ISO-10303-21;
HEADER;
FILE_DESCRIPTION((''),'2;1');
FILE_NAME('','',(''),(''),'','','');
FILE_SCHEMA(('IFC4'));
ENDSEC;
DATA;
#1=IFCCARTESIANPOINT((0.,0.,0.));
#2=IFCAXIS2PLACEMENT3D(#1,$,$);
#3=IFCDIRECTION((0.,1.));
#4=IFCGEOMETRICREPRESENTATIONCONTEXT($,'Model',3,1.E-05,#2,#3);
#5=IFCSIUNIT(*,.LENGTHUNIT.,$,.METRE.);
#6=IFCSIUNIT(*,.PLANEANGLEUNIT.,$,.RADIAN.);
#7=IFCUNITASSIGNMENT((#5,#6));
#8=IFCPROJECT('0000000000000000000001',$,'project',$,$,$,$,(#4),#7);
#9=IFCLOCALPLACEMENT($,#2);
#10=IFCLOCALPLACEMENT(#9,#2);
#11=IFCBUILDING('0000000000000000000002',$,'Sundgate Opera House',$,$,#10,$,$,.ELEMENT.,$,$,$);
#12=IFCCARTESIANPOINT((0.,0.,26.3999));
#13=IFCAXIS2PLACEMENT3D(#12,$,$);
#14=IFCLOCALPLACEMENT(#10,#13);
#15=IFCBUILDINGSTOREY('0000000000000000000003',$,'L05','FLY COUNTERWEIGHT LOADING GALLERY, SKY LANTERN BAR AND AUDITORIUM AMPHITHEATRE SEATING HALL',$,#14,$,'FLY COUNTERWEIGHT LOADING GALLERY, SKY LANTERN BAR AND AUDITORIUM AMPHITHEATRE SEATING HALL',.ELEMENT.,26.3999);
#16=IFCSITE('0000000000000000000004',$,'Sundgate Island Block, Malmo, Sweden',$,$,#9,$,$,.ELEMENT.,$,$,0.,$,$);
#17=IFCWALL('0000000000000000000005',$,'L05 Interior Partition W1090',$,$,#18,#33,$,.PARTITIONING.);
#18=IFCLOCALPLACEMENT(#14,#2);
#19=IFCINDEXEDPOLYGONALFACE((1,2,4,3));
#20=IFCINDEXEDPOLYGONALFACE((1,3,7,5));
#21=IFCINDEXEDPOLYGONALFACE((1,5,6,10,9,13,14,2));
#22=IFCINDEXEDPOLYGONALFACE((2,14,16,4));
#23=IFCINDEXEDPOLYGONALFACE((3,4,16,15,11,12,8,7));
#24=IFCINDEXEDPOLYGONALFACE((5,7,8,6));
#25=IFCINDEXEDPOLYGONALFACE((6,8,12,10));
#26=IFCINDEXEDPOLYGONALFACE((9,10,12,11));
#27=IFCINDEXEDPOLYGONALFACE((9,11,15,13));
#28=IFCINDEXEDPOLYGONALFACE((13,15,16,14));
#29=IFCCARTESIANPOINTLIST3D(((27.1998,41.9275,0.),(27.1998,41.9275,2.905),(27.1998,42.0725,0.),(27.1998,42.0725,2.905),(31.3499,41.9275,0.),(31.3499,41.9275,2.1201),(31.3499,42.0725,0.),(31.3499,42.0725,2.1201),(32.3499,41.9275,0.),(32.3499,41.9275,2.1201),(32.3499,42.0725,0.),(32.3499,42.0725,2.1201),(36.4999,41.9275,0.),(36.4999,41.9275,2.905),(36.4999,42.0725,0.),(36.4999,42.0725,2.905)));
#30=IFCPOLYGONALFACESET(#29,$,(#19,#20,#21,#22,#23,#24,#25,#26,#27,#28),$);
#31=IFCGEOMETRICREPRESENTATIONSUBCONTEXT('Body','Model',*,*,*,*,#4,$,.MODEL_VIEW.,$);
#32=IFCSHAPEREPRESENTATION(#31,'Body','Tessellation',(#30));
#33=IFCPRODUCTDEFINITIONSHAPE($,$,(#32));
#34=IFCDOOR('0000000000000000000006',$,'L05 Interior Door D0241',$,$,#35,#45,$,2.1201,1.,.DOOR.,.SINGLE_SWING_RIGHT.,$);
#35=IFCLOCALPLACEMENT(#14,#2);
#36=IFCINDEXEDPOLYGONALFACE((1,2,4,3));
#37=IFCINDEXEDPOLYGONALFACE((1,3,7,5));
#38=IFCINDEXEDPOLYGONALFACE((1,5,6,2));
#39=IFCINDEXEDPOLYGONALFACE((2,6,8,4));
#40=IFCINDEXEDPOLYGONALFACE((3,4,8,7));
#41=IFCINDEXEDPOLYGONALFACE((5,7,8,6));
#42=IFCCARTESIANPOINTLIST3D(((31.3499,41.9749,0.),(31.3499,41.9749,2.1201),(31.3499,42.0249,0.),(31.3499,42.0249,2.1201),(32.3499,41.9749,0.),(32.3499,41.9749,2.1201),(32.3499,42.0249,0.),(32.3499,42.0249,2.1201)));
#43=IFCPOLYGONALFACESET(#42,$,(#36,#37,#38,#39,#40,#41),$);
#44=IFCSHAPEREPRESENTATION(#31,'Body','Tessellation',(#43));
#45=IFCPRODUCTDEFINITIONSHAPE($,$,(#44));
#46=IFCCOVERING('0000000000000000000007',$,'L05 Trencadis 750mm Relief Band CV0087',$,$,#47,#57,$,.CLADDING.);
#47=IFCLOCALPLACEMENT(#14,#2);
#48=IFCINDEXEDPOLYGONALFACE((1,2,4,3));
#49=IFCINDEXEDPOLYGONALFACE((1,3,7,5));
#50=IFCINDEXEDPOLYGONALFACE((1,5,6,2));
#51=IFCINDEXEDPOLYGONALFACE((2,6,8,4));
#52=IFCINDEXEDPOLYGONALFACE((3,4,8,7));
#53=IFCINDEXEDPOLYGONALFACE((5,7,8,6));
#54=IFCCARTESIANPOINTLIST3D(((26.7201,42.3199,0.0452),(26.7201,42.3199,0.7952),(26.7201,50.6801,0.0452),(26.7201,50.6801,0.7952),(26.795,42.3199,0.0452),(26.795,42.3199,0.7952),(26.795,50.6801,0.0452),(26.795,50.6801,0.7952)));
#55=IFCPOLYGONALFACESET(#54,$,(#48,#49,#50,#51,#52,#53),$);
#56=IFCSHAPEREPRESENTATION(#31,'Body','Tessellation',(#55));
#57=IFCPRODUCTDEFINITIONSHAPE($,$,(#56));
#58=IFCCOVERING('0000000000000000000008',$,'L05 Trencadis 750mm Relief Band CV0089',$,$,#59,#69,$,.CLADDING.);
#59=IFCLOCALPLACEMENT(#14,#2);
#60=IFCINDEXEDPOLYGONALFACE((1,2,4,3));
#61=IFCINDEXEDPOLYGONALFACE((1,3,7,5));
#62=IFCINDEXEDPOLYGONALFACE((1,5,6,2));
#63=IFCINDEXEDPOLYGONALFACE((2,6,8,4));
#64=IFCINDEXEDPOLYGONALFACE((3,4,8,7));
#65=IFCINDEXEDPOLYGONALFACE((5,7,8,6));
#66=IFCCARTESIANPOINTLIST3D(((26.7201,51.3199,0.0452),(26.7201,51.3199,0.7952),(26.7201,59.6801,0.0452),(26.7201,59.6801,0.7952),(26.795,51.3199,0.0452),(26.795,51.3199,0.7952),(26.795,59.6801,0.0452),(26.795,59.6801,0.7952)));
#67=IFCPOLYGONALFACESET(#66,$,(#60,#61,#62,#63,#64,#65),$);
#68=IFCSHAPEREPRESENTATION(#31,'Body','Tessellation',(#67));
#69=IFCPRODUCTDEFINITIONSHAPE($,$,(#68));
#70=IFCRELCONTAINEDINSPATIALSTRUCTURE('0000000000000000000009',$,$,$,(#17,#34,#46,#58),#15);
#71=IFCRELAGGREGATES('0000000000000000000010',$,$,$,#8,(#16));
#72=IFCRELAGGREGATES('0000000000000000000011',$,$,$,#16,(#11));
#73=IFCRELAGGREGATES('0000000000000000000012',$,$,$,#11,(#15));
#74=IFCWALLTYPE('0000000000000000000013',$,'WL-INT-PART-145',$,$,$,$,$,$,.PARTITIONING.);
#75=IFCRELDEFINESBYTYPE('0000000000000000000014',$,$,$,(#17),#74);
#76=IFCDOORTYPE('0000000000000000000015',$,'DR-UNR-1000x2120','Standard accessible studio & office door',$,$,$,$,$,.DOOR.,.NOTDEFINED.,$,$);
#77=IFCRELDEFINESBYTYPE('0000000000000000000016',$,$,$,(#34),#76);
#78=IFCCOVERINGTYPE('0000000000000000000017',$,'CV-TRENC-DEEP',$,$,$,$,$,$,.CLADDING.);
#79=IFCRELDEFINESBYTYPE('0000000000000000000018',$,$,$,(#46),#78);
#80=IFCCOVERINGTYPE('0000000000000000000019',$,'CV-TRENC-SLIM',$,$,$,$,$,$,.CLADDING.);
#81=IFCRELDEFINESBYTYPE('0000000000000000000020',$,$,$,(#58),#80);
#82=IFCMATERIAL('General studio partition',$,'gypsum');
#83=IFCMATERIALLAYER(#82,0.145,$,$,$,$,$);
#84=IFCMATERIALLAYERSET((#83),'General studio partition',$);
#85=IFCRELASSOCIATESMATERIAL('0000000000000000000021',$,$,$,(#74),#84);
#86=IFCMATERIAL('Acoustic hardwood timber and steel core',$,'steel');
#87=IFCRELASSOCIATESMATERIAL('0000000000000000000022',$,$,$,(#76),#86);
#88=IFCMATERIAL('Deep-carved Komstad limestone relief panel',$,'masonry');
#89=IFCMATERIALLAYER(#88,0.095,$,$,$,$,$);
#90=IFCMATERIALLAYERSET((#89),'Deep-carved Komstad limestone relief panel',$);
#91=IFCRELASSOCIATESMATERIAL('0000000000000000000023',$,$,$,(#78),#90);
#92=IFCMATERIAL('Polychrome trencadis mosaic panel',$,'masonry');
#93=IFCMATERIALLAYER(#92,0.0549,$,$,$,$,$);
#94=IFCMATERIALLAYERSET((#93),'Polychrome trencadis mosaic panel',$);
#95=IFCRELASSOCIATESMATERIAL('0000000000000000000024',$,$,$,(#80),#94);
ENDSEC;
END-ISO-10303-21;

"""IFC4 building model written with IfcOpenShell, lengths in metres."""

from ifc_helpers import new_model, si_unit, direction, frame, frame_2d, origin, origin_2d, place, context, subcontext, project, spatial, rectangle, extrude, material, layer, layer_set, type_object, element, fill, save


model = new_model("IFC4")

# Units and contexts
model_context = context("Model", 3, precision=1e-05, world=origin(), true_north=direction((0.0, 1.0)))
body_context = subcontext(model_context, "Body", "Model", "MODEL_VIEW")
ifc_project = project(units=[si_unit("LENGTHUNIT", "METRE"), si_unit("PLANEANGLEUNIT", "RADIAN")], contexts=[model_context])

# Site, building, storey
site_placement = place(None, origin())
site = spatial("IfcSite", under=ifc_project, at=site_placement, Name="Sundgate Island Block, Malmo, Sweden", CompositionType="ELEMENT", RefElevation=0.0)
building_placement = place(site_placement, origin())
building = spatial("IfcBuilding", under=site, at=building_placement, Name="Sundgate Opera House", CompositionType="ELEMENT")
storey_placement = place(building_placement, frame((0.0, 0.0, 26.3999)))
storey = spatial("IfcBuildingStorey", under=building, at=storey_placement, Name="L05", Description="FLY COUNTERWEIGHT LOADING GALLERY, SKY LANTERN BAR AND AUDITORIUM AMPHITHEATRE SEATING HALL", LongName="FLY COUNTERWEIGHT LOADING GALLERY, SKY LANTERN BAR AND AUDITORIUM AMPHITHEATRE SEATING HALL", CompositionType="ELEMENT", Elevation=26.3999)

# Wall, opening, door
ifc_material_1 = material(Name="General studio partition", Category="gypsum")
ifc_layer_1 = layer(ifc_material_1, 0.145)
ifc_layer_set_1 = layer_set([ifc_layer_1], Name="General studio partition")
wall_type_1 = type_object("IfcWallType", Name="WL-INT-PART-145", PredefinedType="PARTITIONING", material=ifc_layer_set_1)
wall_placement = place(storey_placement, frame((27.2, 42.0, 0.0), z_axis=(0.0, 0.0, 1.0), x_axis=(1.0, 0.0, 0.0)))
wall = element("IfcWall", 1, at=wall_placement, inside=storey, type_object=wall_type_1, Name="L05 Interior Partition W1090", PredefinedType="PARTITIONING", context=body_context, shape_type="SweptSolid", body=[
    extrude(rectangle(XDim=9.3, YDim=0.145, at=frame_2d((4.6499, 0.0))), origin(), (0.0, 0.0, 1.0), 2.905),
])
opening_placement = place(wall_placement, frame((4.1499, 0.0, 0.0)))
opening = element("IfcOpeningElement", 2, at=opening_placement, cuts=wall, PredefinedType="OPENING", context=body_context, shape_type="SweptSolid", body=[
    extrude(rectangle(XDim=1.0, YDim=2.1201, at=frame_2d((0.5, 1.0601))), frame((0.0, 0.0825, 0.0), z_axis=(0.0, -1.0, 0.0), x_axis=(1.0, 0.0, 0.0)), (0.0, 0.0, 1.0), 0.165),
])
ifc_material_2 = material(Name="Acoustic hardwood timber and steel core", Category="steel")
door_type = type_object("IfcDoorType", Name="DR-UNR-1000x2120", Description="Standard accessible studio & office door", OperationType="NOTDEFINED", PredefinedType="DOOR", material=ifc_material_2)
door_placement = place(opening_placement, origin())
door = element("IfcDoor", 3, at=door_placement, inside=storey, type_object=door_type, Name="L05 Interior Door D0241", OperationType="SINGLE_SWING_RIGHT", OverallHeight=2.1201, OverallWidth=1.0, PredefinedType="DOOR", context=body_context, shape_type="SweptSolid", body=[
    extrude(rectangle(XDim=1.0, YDim=2.1201, at=frame_2d((0.5, 1.0601))), frame((0.0, 0.0249, 0.0), z_axis=(0.0, -1.0, 0.0), x_axis=(1.0, 0.0, 0.0)), (0.0, 0.0, 1.0), 0.05),
])
fill(opening, door)

# Coverings
ifc_material_3 = material(Name="Deep-carved Komstad limestone relief panel", Category="masonry")
ifc_layer_2 = layer(ifc_material_3, 0.095)
ifc_layer_set_2 = layer_set([ifc_layer_2], Name="Deep-carved Komstad limestone relief panel")
covering_type_1 = type_object("IfcCoveringType", Name="CV-TRENC-DEEP", PredefinedType="CLADDING", material=ifc_layer_set_2)
covering_1_placement = place(storey_placement, frame((26.7576, 46.5, 0.0452), z_axis=(0.0, 0.0, 1.0), x_axis=(0.0, 1.0, 0.0)))
element("IfcCovering", 4, at=covering_1_placement, inside=storey, type_object=covering_type_1, Name="L05 Trencadis 750mm Relief Band CV0087", PredefinedType="CLADDING", context=body_context, shape_type="SweptSolid", body=[
    extrude(rectangle(XDim=8.3601, YDim=0.075, at=origin_2d()), origin(), (0.0, 0.0, 1.0), 0.75),
])
ifc_material_4 = material(Name="Polychrome trencadis mosaic panel", Category="masonry")
ifc_layer_3 = layer(ifc_material_4, 0.0549)
ifc_layer_set_3 = layer_set([ifc_layer_3], Name="Polychrome trencadis mosaic panel")
covering_type_2 = type_object("IfcCoveringType", Name="CV-TRENC-SLIM", PredefinedType="CLADDING", material=ifc_layer_set_3)
covering_2_placement = place(storey_placement, frame((26.7576, 55.5, 0.0452), z_axis=(0.0, 0.0, 1.0), x_axis=(0.0, 1.0, 0.0)))
element("IfcCovering", 5, at=covering_2_placement, inside=storey, type_object=covering_type_2, Name="L05 Trencadis 750mm Relief Band CV0089", PredefinedType="CLADDING", context=body_context, shape_type="SweptSolid", body=[
    extrude(rectangle(XDim=8.3601, YDim=0.075, at=origin_2d()), origin(), (0.0, 0.0, 1.0), 0.75),
])

save(model, "model.ifc")
